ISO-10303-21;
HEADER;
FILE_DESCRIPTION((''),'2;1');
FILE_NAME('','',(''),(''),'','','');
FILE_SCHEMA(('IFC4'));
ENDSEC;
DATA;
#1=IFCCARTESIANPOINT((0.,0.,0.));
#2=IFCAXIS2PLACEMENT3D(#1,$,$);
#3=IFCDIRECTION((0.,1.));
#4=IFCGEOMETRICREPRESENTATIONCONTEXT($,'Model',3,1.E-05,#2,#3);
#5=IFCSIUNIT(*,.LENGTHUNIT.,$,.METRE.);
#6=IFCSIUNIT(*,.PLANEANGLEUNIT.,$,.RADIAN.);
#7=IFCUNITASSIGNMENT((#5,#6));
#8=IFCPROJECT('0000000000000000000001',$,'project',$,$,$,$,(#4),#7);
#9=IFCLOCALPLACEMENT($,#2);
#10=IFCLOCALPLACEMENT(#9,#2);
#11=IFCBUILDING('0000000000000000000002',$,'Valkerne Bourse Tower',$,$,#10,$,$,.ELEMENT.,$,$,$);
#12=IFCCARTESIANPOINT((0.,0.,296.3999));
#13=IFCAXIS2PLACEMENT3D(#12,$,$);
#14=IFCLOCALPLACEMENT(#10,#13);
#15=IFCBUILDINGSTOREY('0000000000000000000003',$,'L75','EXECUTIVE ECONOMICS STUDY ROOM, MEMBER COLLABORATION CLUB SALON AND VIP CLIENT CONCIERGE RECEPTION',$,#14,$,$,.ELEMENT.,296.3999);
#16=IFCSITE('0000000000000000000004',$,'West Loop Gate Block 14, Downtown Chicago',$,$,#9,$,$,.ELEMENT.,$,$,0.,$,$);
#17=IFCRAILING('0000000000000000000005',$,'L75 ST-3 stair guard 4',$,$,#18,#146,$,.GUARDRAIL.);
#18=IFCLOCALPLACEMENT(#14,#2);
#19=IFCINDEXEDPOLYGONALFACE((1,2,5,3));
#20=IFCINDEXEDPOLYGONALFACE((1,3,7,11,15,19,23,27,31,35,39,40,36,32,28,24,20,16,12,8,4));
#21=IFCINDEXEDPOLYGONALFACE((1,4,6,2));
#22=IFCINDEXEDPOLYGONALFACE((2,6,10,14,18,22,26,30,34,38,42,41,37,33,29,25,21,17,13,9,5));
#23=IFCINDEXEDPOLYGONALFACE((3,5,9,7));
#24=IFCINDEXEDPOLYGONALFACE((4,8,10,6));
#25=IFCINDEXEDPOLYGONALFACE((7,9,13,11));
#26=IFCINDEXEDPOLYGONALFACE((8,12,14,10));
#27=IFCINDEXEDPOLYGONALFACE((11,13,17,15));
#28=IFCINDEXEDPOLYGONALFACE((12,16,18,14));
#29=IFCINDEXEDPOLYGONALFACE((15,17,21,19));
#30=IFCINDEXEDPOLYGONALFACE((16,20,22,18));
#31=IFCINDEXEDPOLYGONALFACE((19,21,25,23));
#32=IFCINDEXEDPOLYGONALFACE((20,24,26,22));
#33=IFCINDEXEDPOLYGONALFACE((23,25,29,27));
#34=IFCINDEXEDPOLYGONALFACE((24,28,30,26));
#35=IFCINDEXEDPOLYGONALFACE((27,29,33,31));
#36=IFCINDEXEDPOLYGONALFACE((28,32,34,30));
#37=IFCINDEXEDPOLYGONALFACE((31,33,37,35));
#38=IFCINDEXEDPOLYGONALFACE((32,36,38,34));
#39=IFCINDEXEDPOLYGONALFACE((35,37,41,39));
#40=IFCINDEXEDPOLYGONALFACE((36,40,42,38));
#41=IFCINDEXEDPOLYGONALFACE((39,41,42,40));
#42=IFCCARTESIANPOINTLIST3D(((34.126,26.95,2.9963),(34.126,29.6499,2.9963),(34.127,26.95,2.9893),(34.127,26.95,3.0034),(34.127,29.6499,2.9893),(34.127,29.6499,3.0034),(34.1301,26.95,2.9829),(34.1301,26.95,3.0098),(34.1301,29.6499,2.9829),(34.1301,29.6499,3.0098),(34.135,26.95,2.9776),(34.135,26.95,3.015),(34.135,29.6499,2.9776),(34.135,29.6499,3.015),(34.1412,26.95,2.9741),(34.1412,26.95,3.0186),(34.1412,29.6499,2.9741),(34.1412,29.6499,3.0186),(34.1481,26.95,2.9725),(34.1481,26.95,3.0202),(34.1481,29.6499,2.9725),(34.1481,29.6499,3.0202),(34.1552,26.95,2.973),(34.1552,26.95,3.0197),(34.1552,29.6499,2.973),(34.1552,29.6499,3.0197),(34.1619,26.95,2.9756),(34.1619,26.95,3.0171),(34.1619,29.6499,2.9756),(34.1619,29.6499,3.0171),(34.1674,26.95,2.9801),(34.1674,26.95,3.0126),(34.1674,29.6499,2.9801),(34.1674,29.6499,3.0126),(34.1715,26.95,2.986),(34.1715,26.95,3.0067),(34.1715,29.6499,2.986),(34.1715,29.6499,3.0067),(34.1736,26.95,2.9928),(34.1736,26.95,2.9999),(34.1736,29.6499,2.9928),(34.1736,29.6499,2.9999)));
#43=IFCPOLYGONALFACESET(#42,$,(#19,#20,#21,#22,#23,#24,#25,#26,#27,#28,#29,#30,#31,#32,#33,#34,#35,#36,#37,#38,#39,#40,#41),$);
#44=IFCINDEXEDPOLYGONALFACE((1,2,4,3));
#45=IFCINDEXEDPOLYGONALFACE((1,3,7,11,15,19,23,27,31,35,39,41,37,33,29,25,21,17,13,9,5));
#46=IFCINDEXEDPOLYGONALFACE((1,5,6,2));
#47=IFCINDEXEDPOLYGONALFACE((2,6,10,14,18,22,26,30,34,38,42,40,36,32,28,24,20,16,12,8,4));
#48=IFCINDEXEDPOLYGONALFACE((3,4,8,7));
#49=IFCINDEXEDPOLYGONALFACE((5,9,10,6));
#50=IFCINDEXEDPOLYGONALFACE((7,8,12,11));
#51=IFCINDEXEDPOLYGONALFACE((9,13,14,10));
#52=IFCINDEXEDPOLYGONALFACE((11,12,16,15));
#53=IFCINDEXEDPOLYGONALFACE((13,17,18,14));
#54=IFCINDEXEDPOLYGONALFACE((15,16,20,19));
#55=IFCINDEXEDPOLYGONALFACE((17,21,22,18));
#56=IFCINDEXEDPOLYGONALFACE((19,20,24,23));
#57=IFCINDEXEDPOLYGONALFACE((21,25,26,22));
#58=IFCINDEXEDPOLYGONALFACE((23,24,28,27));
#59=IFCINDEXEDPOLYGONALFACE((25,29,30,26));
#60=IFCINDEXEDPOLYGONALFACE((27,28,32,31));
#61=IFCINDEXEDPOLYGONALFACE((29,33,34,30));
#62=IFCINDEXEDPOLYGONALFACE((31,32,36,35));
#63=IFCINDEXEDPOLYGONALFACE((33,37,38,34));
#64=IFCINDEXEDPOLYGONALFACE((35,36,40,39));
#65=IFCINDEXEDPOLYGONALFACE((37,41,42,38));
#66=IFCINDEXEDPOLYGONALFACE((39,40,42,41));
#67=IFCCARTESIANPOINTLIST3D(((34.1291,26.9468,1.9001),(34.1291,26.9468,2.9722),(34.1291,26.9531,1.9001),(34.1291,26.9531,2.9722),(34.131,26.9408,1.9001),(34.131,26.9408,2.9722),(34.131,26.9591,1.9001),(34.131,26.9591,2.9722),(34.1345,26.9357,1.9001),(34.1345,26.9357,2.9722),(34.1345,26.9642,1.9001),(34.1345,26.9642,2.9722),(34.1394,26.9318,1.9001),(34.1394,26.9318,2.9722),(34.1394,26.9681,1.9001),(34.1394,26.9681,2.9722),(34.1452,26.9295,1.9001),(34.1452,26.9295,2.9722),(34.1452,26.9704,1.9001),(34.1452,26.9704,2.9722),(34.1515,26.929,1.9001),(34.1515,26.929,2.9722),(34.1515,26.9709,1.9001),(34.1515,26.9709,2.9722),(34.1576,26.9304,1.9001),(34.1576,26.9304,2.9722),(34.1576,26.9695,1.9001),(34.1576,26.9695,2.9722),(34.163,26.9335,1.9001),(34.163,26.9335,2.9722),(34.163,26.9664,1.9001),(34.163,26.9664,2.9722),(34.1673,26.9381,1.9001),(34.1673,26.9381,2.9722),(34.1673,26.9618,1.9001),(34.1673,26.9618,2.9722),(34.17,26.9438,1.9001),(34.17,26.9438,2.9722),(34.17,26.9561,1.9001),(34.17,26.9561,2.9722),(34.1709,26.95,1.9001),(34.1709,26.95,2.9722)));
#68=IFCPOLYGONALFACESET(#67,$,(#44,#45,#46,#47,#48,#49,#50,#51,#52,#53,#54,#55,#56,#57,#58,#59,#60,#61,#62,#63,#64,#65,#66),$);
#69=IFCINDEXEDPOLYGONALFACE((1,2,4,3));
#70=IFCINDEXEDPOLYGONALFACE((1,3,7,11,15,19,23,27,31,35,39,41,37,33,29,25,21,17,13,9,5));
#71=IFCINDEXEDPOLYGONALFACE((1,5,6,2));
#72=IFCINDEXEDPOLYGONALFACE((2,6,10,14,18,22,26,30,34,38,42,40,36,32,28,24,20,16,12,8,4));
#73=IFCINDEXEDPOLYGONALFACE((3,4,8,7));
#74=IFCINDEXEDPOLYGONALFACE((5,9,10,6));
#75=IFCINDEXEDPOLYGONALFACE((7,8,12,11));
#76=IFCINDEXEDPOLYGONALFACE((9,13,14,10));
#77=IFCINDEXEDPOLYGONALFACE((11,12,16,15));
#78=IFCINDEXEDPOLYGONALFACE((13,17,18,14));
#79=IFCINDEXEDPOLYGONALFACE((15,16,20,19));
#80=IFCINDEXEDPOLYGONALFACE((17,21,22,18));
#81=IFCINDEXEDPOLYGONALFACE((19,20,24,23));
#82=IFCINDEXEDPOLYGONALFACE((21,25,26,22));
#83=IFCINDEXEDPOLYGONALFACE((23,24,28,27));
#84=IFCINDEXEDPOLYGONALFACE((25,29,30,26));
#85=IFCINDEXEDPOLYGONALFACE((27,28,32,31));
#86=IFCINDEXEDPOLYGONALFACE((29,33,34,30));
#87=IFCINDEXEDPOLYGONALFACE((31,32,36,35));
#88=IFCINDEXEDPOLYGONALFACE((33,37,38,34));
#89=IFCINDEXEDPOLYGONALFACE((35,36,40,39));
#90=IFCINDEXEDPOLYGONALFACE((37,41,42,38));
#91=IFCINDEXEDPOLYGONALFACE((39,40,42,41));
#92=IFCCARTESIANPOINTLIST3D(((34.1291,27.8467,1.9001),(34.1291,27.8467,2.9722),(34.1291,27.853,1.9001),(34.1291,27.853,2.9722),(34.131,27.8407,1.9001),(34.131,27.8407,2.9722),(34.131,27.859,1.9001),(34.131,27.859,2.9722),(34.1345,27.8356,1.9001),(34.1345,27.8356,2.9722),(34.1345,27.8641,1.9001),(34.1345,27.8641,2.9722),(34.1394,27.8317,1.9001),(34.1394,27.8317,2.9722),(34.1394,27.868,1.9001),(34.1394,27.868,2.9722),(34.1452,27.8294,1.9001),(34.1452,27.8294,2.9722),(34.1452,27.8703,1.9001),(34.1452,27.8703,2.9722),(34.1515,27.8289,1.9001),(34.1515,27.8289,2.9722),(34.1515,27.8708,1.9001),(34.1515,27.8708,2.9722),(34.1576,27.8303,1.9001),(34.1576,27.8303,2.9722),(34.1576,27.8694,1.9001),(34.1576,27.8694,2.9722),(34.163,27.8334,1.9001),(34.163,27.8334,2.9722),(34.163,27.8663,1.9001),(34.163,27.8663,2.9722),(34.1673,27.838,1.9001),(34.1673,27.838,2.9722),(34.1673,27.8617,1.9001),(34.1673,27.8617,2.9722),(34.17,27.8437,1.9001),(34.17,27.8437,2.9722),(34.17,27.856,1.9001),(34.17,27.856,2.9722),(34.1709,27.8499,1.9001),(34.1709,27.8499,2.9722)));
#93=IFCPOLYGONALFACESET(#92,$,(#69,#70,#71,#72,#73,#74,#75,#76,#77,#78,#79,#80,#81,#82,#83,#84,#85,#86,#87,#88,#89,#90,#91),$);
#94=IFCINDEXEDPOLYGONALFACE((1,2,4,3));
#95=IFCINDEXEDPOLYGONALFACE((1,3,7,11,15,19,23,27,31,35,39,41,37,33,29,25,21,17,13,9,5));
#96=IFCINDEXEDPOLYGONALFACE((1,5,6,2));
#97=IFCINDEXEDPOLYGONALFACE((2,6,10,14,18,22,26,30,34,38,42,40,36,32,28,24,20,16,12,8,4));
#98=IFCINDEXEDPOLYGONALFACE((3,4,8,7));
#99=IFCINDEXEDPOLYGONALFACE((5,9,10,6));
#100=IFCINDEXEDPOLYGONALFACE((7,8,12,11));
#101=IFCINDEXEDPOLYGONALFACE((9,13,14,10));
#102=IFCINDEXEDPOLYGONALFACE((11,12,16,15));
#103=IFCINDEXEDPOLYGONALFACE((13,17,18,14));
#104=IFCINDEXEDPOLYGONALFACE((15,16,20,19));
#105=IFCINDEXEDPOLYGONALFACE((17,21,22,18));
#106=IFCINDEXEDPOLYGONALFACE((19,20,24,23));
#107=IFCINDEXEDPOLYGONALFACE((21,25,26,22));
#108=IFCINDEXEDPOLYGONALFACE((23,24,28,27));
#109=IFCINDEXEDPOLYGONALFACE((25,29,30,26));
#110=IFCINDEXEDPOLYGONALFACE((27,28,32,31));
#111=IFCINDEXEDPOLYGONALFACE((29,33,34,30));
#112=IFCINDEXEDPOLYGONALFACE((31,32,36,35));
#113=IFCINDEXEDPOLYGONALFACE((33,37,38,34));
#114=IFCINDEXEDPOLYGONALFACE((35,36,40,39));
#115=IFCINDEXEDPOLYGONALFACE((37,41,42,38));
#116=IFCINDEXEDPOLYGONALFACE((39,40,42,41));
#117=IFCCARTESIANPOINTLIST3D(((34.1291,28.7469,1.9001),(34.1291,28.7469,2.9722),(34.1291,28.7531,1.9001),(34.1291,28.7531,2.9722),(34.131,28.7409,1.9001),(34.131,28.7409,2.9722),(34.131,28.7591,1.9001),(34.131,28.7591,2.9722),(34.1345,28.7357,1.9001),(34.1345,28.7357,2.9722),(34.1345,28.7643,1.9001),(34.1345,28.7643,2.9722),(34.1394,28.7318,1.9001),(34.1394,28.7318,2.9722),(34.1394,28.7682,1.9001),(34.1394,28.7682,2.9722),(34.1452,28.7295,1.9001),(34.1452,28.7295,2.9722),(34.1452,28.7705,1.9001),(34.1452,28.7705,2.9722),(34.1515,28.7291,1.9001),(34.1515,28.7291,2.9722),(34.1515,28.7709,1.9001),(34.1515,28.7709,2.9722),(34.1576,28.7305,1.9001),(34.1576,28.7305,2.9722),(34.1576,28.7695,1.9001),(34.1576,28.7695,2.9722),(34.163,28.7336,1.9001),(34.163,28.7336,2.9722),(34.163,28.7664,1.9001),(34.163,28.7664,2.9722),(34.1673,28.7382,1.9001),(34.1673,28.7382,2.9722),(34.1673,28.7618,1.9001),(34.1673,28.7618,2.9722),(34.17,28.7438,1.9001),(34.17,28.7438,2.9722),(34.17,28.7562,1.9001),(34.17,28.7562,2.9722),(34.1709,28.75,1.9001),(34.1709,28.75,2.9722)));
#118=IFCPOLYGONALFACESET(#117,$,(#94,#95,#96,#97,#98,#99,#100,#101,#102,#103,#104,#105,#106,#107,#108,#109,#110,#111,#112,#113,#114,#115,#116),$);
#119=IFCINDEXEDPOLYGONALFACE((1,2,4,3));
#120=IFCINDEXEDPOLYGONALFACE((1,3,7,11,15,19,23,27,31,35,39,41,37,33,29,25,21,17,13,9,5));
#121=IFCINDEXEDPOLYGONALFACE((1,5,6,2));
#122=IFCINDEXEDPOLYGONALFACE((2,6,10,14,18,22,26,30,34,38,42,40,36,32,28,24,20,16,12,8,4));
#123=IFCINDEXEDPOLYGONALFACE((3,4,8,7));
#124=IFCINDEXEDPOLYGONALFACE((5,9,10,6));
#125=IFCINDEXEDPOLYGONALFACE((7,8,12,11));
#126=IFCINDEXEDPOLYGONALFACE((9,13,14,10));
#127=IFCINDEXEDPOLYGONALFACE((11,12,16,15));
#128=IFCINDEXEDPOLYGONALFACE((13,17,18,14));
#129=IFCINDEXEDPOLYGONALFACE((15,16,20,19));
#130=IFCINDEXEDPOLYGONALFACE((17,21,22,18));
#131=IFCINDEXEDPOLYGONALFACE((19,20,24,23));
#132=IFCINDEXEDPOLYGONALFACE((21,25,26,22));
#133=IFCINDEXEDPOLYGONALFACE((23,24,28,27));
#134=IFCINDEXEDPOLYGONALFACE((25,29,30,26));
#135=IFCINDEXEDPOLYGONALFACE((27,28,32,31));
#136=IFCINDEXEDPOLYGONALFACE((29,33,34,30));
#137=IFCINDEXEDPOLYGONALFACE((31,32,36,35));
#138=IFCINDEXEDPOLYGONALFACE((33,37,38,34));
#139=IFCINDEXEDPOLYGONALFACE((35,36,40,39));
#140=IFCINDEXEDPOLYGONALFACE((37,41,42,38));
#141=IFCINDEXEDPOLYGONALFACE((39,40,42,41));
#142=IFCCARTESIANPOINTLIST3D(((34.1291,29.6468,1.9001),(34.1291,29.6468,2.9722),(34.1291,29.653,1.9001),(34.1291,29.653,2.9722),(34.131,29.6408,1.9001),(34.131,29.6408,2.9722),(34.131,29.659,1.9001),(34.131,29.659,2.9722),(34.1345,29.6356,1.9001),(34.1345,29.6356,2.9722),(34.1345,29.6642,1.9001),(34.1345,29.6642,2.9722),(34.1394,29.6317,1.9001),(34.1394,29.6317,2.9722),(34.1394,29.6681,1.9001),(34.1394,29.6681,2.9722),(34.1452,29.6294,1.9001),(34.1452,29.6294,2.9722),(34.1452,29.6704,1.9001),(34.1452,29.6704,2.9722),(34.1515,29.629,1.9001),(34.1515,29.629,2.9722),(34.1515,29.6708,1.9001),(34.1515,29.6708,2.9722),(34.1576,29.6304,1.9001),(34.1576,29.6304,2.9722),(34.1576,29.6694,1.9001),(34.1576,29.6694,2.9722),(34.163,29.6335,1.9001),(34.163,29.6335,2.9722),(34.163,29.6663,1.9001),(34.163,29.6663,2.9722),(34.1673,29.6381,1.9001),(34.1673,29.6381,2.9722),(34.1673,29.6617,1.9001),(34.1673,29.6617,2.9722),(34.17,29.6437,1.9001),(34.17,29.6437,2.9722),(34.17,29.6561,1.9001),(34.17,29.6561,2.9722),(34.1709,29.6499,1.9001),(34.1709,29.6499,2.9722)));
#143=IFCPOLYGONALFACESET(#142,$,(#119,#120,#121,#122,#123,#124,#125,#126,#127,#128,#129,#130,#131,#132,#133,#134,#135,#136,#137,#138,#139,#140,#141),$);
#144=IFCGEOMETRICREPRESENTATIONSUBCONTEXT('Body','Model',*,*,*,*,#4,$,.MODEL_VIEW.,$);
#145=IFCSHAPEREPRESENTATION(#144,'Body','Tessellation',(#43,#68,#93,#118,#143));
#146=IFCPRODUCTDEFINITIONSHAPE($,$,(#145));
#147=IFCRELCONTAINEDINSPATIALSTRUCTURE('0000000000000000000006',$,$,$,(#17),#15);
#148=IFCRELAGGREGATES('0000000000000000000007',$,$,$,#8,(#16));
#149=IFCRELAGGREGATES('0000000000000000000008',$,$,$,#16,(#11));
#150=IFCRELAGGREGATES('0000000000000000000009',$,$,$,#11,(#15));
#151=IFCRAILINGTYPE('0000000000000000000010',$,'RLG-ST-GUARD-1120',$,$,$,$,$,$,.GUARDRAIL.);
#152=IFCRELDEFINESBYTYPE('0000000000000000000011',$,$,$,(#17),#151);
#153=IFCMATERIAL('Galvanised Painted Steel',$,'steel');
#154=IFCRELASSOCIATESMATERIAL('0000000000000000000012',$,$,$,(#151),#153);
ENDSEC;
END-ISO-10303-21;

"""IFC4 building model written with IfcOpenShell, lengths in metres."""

from ifc_helpers import new_model, si_unit, direction, frame, origin, origin_2d, place, context, subcontext, project, spatial, circle, extrude, material, type_object, element, save


model = new_model("IFC4")

# Units and contexts
model_context = context("Model", 3, precision=1e-05, world=origin(), true_north=direction((0.0, 1.0)))
body_context = subcontext(model_context, "Body", "Model", "MODEL_VIEW")
ifc_project = project(units=[si_unit("LENGTHUNIT", "METRE"), si_unit("PLANEANGLEUNIT", "RADIAN")], contexts=[model_context])

# Site, building, storey
site_placement = place(None, origin())
site = spatial("IfcSite", under=ifc_project, at=site_placement, Name="West Loop Gate Block 14, Downtown Chicago", CompositionType="ELEMENT", RefElevation=0.0)
building_placement = place(site_placement, origin())
building = spatial("IfcBuilding", under=site, at=building_placement, Name="Valkerne Bourse Tower", CompositionType="ELEMENT")
storey_placement = place(building_placement, frame((0.0, 0.0, 296.3999)))
storey = spatial("IfcBuildingStorey", under=building, at=storey_placement, Name="L75", Description="EXECUTIVE ECONOMICS STUDY ROOM, MEMBER COLLABORATION CLUB SALON AND VIP CLIENT CONCIERGE RECEPTION", CompositionType="ELEMENT", Elevation=296.3999)

# Railing
ifc_material_1 = material(Name="Galvanised Painted Steel", Category="steel")
railing_type_1 = type_object("IfcRailingType", Name="RLG-ST-GUARD-1120", PredefinedType="GUARDRAIL", material=ifc_material_1)
for number, where, name in (
    (1, (34.1499, 26.95, 1.9001), "L75 ST-3 stair guard 4"),
):
    element("IfcRailing", number, at=place(storey_placement, frame(where)), inside=storey, type_object=railing_type_1, Name=name, PredefinedType="GUARDRAIL", context=body_context, shape_type="SweptSolid", body=[
        extrude(circle(Radius=0.0239, at=origin_2d()), frame((0.0, 0.0, 1.0962), z_axis=(0.0, 1.0, 0.0), x_axis=(-1.0, 0.0, 0.0)), (0.0, 0.0, 1.0), 2.7),
        extrude(circle(Radius=0.021, at=origin_2d()), origin(), (0.0, 0.0, 1.0), 1.072),
        extrude(circle(Radius=0.021, at=origin_2d()), frame((0.0, 0.8999, 0.0)), (0.0, 0.0, 1.0), 1.072),
        extrude(circle(Radius=0.021, at=origin_2d()), frame((0.0, 1.8, 0.0)), (0.0, 0.0, 1.0), 1.072),
        extrude(circle(Radius=0.021, at=origin_2d()), frame((0.0, 2.7, 0.0)), (0.0, 0.0, 1.0), 1.072),
    ])

save(model, "model.ifc")
